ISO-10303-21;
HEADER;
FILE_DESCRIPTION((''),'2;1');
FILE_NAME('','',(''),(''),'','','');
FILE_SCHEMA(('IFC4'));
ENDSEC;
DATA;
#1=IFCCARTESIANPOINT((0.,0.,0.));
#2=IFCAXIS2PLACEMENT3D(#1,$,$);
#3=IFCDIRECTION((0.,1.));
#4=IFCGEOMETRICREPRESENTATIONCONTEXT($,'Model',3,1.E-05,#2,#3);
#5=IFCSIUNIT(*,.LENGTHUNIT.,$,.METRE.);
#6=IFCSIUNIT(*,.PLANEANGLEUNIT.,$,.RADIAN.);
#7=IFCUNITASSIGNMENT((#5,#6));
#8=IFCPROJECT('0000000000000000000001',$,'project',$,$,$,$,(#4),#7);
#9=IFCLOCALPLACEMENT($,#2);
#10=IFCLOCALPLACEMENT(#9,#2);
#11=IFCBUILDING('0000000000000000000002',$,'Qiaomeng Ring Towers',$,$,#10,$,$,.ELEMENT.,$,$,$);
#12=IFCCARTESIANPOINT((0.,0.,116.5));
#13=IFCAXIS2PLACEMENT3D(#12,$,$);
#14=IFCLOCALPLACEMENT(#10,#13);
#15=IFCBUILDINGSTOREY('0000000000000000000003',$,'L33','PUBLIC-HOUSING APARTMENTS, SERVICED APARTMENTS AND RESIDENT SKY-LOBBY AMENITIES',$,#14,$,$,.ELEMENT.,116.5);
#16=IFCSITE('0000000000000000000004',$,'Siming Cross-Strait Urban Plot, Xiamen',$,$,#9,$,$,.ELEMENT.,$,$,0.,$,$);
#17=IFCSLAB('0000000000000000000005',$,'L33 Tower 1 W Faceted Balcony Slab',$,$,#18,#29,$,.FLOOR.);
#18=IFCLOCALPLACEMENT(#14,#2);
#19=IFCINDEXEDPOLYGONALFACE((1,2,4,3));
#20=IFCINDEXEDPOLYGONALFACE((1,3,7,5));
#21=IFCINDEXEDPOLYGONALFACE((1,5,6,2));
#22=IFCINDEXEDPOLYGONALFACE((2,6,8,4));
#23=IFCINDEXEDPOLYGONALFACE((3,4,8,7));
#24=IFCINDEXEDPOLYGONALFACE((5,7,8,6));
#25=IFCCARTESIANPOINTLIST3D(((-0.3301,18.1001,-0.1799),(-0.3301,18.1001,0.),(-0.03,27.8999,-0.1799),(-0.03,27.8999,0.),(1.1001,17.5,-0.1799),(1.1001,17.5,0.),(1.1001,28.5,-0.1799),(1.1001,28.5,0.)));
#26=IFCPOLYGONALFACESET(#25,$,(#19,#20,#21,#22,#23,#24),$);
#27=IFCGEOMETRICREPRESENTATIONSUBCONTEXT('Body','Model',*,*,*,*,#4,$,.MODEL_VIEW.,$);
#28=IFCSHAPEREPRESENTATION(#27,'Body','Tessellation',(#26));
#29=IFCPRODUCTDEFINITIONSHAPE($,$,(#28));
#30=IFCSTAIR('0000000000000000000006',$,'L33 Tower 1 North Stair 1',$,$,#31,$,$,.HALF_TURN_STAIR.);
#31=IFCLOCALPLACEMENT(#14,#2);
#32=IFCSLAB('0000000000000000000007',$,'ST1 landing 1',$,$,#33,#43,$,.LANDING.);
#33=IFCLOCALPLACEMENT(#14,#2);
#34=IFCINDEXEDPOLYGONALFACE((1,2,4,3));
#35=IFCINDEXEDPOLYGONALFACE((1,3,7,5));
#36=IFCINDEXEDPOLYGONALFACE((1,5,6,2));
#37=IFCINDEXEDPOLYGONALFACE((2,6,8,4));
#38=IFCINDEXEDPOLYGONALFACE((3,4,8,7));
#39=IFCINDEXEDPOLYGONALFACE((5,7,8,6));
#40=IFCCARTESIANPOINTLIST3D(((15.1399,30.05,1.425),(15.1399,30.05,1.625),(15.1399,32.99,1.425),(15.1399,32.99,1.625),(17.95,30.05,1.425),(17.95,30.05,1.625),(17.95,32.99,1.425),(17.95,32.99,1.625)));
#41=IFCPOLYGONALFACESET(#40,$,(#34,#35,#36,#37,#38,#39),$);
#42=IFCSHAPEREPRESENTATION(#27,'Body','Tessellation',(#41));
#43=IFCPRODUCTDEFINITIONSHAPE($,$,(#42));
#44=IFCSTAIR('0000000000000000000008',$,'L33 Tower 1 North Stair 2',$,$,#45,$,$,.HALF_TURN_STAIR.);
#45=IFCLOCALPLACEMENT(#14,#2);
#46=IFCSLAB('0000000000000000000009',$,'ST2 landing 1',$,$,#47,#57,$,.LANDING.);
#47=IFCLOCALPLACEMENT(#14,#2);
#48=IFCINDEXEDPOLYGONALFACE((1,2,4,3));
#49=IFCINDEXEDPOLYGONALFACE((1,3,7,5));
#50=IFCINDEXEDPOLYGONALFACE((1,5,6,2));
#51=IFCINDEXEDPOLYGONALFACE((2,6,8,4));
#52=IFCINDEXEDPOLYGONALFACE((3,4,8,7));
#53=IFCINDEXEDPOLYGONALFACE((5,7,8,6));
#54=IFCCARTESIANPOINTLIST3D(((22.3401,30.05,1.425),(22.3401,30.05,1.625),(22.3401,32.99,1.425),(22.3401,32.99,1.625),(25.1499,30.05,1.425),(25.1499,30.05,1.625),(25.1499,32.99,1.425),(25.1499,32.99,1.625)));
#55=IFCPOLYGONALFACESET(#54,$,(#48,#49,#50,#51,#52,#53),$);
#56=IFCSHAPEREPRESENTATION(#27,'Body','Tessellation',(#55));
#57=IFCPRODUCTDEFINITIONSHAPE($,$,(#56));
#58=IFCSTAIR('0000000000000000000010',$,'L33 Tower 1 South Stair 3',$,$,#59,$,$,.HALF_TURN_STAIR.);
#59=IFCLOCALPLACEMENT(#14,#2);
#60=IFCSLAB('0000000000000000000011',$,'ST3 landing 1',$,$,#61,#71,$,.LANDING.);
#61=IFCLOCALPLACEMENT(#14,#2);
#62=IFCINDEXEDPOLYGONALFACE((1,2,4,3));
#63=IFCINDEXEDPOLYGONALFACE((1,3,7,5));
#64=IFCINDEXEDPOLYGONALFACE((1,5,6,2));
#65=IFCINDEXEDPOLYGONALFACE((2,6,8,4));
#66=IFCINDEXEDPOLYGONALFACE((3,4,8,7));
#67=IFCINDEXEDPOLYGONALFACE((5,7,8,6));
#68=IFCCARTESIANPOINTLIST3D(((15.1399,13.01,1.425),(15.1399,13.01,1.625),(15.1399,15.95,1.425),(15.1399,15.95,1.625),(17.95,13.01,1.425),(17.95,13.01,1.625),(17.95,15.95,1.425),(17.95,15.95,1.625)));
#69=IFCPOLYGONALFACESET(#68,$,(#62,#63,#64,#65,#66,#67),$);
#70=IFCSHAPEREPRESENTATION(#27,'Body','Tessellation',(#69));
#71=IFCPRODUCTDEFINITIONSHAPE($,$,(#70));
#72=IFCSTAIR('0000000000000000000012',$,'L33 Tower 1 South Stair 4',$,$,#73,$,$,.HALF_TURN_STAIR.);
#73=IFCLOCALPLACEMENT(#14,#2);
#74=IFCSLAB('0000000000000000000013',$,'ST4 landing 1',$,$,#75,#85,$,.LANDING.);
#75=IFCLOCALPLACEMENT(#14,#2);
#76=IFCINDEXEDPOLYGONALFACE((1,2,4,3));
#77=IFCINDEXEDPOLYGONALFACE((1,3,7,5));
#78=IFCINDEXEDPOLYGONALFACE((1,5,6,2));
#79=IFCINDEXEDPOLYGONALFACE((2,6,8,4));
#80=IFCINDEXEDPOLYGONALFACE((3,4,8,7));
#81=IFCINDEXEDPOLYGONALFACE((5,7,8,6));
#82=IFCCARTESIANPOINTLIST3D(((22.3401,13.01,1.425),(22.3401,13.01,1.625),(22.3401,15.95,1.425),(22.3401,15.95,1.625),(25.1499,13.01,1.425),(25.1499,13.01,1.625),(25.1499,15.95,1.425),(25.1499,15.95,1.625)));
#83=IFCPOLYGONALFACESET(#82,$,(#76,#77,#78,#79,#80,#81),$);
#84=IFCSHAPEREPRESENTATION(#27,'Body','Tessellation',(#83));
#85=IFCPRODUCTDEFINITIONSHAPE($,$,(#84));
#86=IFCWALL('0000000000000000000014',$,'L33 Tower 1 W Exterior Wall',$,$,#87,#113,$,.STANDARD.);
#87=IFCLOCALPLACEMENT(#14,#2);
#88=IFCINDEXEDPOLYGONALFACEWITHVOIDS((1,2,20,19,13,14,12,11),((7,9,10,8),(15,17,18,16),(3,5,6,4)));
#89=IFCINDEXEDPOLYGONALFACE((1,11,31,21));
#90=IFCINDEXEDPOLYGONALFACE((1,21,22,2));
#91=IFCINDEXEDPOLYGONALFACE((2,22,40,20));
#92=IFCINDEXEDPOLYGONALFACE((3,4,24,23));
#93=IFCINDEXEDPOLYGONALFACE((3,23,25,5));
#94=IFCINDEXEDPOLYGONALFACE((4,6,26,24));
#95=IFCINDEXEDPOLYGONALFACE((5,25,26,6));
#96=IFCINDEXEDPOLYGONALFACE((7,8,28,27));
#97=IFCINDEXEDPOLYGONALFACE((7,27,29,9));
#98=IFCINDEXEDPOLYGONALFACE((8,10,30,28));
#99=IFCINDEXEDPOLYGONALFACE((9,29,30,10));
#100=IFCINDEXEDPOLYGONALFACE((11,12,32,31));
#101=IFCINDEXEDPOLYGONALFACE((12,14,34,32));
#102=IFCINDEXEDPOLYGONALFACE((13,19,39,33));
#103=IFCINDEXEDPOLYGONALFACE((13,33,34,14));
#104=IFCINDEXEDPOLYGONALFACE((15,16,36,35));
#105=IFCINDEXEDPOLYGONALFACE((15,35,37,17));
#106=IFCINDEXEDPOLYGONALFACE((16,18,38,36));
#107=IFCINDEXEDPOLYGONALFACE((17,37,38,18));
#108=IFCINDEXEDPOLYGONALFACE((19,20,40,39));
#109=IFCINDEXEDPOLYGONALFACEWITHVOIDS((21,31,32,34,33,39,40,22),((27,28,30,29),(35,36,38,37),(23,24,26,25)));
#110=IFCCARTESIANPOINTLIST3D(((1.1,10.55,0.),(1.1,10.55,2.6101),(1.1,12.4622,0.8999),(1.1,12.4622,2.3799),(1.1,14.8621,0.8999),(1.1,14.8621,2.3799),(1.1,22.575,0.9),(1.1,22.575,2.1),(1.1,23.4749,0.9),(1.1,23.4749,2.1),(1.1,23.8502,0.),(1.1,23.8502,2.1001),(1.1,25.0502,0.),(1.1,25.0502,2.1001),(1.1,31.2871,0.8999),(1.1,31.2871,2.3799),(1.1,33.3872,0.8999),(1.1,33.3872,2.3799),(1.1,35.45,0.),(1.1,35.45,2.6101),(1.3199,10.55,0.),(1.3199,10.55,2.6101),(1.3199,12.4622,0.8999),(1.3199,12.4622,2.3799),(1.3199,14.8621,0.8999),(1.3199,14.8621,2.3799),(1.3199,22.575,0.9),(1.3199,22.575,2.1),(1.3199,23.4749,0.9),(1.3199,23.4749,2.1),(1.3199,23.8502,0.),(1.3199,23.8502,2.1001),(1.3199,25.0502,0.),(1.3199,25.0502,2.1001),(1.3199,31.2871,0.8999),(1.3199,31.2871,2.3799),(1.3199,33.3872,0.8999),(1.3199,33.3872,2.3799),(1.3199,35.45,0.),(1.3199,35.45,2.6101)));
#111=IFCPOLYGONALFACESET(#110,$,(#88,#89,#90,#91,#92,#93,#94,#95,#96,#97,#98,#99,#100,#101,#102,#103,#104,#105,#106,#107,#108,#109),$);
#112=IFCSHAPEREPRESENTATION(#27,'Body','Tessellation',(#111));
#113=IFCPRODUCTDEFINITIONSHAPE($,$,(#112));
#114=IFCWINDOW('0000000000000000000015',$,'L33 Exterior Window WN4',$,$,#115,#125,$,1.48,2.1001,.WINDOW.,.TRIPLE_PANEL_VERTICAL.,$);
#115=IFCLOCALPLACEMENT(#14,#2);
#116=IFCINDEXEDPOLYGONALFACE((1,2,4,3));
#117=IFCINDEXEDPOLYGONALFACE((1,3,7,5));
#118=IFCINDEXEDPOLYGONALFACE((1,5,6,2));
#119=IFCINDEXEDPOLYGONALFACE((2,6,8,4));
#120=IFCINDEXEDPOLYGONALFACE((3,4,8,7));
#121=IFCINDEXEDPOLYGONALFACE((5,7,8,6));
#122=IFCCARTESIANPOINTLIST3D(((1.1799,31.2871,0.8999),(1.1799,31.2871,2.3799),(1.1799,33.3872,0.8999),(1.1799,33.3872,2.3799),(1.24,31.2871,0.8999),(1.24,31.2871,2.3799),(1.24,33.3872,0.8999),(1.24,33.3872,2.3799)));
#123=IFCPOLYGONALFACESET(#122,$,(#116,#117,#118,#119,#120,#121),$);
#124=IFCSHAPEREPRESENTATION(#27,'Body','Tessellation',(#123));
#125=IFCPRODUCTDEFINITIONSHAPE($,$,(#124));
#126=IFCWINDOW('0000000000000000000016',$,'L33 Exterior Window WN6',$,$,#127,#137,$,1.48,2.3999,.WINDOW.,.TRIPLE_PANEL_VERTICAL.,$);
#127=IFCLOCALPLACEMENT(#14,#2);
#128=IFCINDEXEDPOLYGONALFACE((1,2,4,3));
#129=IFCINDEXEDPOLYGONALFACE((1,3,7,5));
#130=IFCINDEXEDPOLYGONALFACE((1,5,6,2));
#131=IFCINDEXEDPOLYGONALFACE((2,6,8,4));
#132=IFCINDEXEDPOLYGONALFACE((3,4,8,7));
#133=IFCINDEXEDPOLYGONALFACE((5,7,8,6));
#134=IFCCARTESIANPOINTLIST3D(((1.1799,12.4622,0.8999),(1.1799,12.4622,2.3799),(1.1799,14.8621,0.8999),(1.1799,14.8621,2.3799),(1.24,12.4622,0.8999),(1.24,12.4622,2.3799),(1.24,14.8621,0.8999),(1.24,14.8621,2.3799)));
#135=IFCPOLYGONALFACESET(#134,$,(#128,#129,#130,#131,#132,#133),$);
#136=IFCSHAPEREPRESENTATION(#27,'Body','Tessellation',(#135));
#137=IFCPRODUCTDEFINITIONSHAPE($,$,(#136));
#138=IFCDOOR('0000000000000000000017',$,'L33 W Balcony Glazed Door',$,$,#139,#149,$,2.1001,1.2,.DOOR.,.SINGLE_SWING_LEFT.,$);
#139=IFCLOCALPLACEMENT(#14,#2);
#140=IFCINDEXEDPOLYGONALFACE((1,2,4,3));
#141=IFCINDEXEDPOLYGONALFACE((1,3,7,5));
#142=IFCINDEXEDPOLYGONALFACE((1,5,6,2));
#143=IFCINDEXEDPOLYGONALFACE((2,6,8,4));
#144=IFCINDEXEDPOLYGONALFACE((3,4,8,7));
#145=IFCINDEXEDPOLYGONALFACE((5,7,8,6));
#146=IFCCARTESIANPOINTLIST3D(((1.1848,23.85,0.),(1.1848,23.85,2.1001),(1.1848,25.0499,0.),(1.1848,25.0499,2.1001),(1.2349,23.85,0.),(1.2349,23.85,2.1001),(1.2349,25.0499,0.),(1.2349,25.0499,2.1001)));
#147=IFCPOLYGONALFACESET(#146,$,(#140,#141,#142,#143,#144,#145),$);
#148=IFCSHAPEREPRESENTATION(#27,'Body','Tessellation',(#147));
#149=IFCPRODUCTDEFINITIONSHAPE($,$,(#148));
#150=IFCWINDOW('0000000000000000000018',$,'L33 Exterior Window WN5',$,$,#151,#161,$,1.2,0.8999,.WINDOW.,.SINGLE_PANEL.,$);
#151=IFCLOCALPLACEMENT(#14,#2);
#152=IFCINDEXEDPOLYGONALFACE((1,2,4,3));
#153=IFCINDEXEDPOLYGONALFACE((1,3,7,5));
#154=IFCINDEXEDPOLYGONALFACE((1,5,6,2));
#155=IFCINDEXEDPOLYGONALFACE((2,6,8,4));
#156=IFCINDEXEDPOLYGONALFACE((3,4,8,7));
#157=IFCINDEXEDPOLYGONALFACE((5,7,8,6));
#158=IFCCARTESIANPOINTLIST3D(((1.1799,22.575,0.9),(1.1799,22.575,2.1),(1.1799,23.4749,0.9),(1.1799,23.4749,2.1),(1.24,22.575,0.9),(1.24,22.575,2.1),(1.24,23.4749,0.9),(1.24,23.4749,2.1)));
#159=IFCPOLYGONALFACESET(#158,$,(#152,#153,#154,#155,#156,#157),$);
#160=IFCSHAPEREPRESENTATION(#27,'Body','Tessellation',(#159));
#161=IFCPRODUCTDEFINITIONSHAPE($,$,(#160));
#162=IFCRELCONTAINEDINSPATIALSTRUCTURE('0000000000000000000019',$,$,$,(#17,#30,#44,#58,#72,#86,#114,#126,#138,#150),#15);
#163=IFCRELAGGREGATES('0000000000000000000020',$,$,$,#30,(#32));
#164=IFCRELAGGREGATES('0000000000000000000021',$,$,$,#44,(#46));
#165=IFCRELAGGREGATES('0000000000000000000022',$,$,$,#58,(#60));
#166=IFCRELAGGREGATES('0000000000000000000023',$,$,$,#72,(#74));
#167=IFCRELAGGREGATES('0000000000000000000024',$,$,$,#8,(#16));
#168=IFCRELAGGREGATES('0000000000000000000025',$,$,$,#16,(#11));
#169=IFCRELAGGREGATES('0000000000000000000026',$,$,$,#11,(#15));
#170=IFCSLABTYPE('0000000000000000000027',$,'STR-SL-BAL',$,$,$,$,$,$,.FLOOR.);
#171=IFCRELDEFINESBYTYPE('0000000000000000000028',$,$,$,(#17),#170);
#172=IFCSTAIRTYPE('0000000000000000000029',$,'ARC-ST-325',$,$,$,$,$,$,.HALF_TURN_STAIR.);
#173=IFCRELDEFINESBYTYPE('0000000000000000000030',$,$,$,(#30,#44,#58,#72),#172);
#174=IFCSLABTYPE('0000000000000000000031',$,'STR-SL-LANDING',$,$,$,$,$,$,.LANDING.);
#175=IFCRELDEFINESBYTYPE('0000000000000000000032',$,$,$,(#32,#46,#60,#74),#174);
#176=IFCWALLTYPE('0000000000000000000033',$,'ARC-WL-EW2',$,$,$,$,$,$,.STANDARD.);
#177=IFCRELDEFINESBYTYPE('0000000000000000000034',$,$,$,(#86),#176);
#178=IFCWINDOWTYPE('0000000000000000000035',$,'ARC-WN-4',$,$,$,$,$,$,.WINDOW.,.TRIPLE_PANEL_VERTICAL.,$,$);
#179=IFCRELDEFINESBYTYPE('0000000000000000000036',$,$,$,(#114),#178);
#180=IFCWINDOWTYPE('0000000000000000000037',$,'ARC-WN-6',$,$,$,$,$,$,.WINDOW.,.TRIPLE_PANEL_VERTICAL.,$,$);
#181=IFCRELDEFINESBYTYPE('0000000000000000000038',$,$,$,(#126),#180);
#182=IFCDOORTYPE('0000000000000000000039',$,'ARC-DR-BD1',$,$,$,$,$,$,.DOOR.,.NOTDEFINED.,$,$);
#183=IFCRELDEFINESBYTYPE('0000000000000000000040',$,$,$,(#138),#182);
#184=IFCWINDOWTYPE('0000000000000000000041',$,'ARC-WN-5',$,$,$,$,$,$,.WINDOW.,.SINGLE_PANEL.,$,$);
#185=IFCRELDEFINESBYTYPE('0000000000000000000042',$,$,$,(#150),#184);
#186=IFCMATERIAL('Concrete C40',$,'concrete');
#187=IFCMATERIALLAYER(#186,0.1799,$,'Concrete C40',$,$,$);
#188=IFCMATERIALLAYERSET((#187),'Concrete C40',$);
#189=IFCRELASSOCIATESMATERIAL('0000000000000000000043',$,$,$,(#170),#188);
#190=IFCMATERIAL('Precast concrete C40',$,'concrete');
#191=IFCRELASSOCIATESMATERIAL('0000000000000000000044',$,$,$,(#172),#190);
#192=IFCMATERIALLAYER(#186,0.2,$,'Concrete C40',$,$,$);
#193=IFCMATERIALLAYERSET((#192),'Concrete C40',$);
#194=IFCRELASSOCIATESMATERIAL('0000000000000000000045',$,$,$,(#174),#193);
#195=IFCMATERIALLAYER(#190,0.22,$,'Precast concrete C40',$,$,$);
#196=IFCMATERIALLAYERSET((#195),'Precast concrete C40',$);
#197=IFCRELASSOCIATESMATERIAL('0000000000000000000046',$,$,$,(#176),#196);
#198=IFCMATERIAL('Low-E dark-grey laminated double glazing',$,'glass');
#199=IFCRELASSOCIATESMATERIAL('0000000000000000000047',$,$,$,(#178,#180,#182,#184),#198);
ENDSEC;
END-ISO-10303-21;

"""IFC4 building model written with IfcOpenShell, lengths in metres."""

from ifc_helpers import new_model, si_unit, direction, frame, frame_2d, origin, place, context, subcontext, project, spatial, polyline, rectangle, outline, extrude, source, transform, mapped, material, layer, layer_set, type_object, element, fill, aggregate, save


model = new_model("IFC4")

# Units and contexts
model_context = context("Model", 3, precision=1e-05, world=origin(), true_north=direction((0.0, 1.0)))
body_context = subcontext(model_context, "Body", "Model", "MODEL_VIEW")
ifc_project = project(units=[si_unit("LENGTHUNIT", "METRE"), si_unit("PLANEANGLEUNIT", "RADIAN")], contexts=[model_context])

# Site, building, storey
site_placement = place(None, origin())
site = spatial("IfcSite", under=ifc_project, at=site_placement, Name="Siming Cross-Strait Urban Plot, Xiamen", CompositionType="ELEMENT", RefElevation=0.0)
building_placement = place(site_placement, origin())
building = spatial("IfcBuilding", under=site, at=building_placement, Name="Qiaomeng Ring Towers", CompositionType="ELEMENT")
storey_placement = place(building_placement, frame((0.0, 0.0, 116.5)))
storey = spatial("IfcBuildingStorey", under=building, at=storey_placement, Name="L33", Description="PUBLIC-HOUSING APARTMENTS, SERVICED APARTMENTS AND RESIDENT SKY-LOBBY AMENITIES", CompositionType="ELEMENT", Elevation=116.5)

# Slab
ifc_material_1 = material(Name="Concrete C40", Category="concrete")
ifc_layer_1 = layer(ifc_material_1, 0.1799, Name="Concrete C40")
ifc_layer_set_1 = layer_set([ifc_layer_1], Name="Concrete C40")
slab_type_1 = type_object("IfcSlabType", Name="STR-SL-BAL", PredefinedType="FLOOR", material=ifc_layer_set_1)
slab_1_placement = place(storey_placement, frame((0.0, 0.0, -0.1799)))
element("IfcSlab", 1, at=slab_1_placement, inside=storey, type_object=slab_type_1, Name="L33 Tower 1 W Faceted Balcony Slab", PredefinedType="FLOOR", context=body_context, shape_type="SweptSolid", body=[
    extrude(outline(polyline([(-0.3301, 18.1001), (-0.03, 27.8999), (1.1001, 28.5), (1.1001, 17.5), (-0.3301, 18.1001)])), origin(), (0.0, 0.0, 1.0), 0.1799),
])

# Stairs, slabs
ifc_material_2 = material(Name="Precast concrete C40", Category="concrete")
stair_type = type_object("IfcStairType", Name="ARC-ST-325", PredefinedType="HALF_TURN_STAIR", material=ifc_material_2)
stair_1_placement = place(storey_placement, origin())
stair_1 = element("IfcStair", 2, at=stair_1_placement, inside=storey, type_object=stair_type, Name="L33 Tower 1 North Stair 1", PredefinedType="HALF_TURN_STAIR")
ifc_layer_2 = layer(ifc_material_1, 0.2, Name="Concrete C40")
ifc_layer_set_2 = layer_set([ifc_layer_2], Name="Concrete C40")
slab_type_2 = type_object("IfcSlabType", Name="STR-SL-LANDING", PredefinedType="LANDING", material=ifc_layer_set_2)
slab_2_placement = place(storey_placement, frame((0.0, 0.0, 1.425)))
slab_2 = element("IfcSlab", 3, at=slab_2_placement, type_object=slab_type_2, Name="ST1 landing 1", PredefinedType="LANDING", context=body_context, shape_type="SweptSolid", body=[
    extrude(outline(polyline([(15.1399, 30.05), (17.95, 30.05), (17.95, 32.99), (15.1399, 32.99), (15.1399, 30.05)])), origin(), (0.0, 0.0, 1.0), 0.2),
])
aggregate(stair_1, [slab_2])
stair_2_placement = place(storey_placement, origin())
stair_2 = element("IfcStair", 4, at=stair_2_placement, inside=storey, type_object=stair_type, Name="L33 Tower 1 North Stair 2", PredefinedType="HALF_TURN_STAIR")
slab_3_placement = place(storey_placement, frame((0.0, 0.0, 1.425)))
slab_3 = element("IfcSlab", 5, at=slab_3_placement, type_object=slab_type_2, Name="ST2 landing 1", PredefinedType="LANDING", context=body_context, shape_type="SweptSolid", body=[
    extrude(outline(polyline([(22.3401, 30.05), (25.1499, 30.05), (25.1499, 32.99), (22.3401, 32.99), (22.3401, 30.05)])), origin(), (0.0, 0.0, 1.0), 0.2),
])
aggregate(stair_2, [slab_3])
stair_3_placement = place(storey_placement, origin())
stair_3 = element("IfcStair", 6, at=stair_3_placement, inside=storey, type_object=stair_type, Name="L33 Tower 1 South Stair 3", PredefinedType="HALF_TURN_STAIR")
slab_4_placement = place(storey_placement, frame((0.0, 0.0, 1.425)))
slab_4 = element("IfcSlab", 7, at=slab_4_placement, type_object=slab_type_2, Name="ST3 landing 1", PredefinedType="LANDING", context=body_context, shape_type="SweptSolid", body=[
    extrude(outline(polyline([(15.1399, 13.01), (17.95, 13.01), (17.95, 15.95), (15.1399, 15.95), (15.1399, 13.01)])), origin(), (0.0, 0.0, 1.0), 0.2),
])
aggregate(stair_3, [slab_4])
stair_4_placement = place(storey_placement, origin())
stair_4 = element("IfcStair", 8, at=stair_4_placement, inside=storey, type_object=stair_type, Name="L33 Tower 1 South Stair 4", PredefinedType="HALF_TURN_STAIR")
slab_5_placement = place(storey_placement, frame((0.0, 0.0, 1.425)))
slab_5 = element("IfcSlab", 9, at=slab_5_placement, type_object=slab_type_2, Name="ST4 landing 1", PredefinedType="LANDING", context=body_context, shape_type="SweptSolid", body=[
    extrude(outline(polyline([(22.3401, 13.01), (25.1499, 13.01), (25.1499, 15.95), (22.3401, 15.95), (22.3401, 13.01)])), origin(), (0.0, 0.0, 1.0), 0.2),
])
aggregate(stair_4, [slab_5])

# Wall, openings, windows, door
ifc_layer_3 = layer(ifc_material_2, 0.22, Name="Precast concrete C40")
ifc_layer_set_3 = layer_set([ifc_layer_3], Name="Precast concrete C40")
wall_type_1 = type_object("IfcWallType", Name="ARC-WL-EW2", PredefinedType="STANDARD", material=ifc_layer_set_3)
wall_1_placement = place(storey_placement, frame((1.21, 10.55, 0.0), z_axis=(0.0, 0.0, 1.0), x_axis=(0.0, 1.0, 0.0)))
wall_1 = element("IfcWall", 10, at=wall_1_placement, inside=storey, type_object=wall_type_1, Name="L33 Tower 1 W Exterior Wall", PredefinedType="STANDARD", context=body_context, shape_type="SweptSolid", body=[
    extrude(rectangle(XDim=24.8999, YDim=0.22, at=frame_2d((12.45, 0.0))), origin(), (0.0, 0.0, 1.0), 2.6101),
])
opening_1_placement = place(wall_1_placement, frame((13.3, 0.0, 0.0)))
opening_1 = element("IfcOpeningElement", 11, at=opening_1_placement, cuts=wall_1, PredefinedType="OPENING", context=body_context, shape_type="SweptSolid", body=[
    extrude(rectangle(XDim=1.2, YDim=2.1001, at=frame_2d((0.6001, 1.05))), frame((0.0, 0.1199, 0.0), z_axis=(0.0, -1.0, 0.0), x_axis=(1.0, 0.0, 0.0)), (0.0, 0.0, 1.0), 0.24),
])
opening_2_placement = place(wall_1_placement, frame((1.9121, 0.0, 0.8999)))
opening_2 = element("IfcOpeningElement", 12, at=opening_2_placement, cuts=wall_1, PredefinedType="OPENING", context=body_context, shape_type="SweptSolid", body=[
    extrude(rectangle(XDim=2.3999, YDim=1.48, at=frame_2d((1.2, 0.74))), frame((0.0, 0.1199, 0.0), z_axis=(0.0, -1.0, 0.0), x_axis=(1.0, 0.0, 0.0)), (0.0, 0.0, 1.0), 0.24),
])
opening_3_placement = place(wall_1_placement, frame((20.7371, 0.0, 0.8999)))
opening_3 = element("IfcOpeningElement", 13, at=opening_3_placement, cuts=wall_1, PredefinedType="OPENING", context=body_context, shape_type="SweptSolid", body=[
    extrude(rectangle(XDim=2.1001, YDim=1.48, at=frame_2d((1.05, 0.74))), frame((0.0, 0.1199, 0.0), z_axis=(0.0, -1.0, 0.0), x_axis=(1.0, 0.0, 0.0)), (0.0, 0.0, 1.0), 0.24),
])
opening_4_placement = place(wall_1_placement, frame((12.0249, 0.0, 0.8999)))
opening_4 = element("IfcOpeningElement", 14, at=opening_4_placement, cuts=wall_1, PredefinedType="OPENING", context=body_context, shape_type="SweptSolid", body=[
    extrude(rectangle(XDim=0.8999, YDim=1.2, at=frame_2d((0.45, 0.6001))), frame((0.0, 0.1199, 0.0), z_axis=(0.0, -1.0, 0.0), x_axis=(1.0, 0.0, 0.0)), (0.0, 0.0, 1.0), 0.24),
])
ifc_material_3 = material(Name="Low-E dark-grey laminated double glazing", Category="glass")
window_type_1 = type_object("IfcWindowType", Name="ARC-WN-4", PartitioningType="TRIPLE_PANEL_VERTICAL", PredefinedType="WINDOW", material=ifc_material_3)
shared_shape_1 = source(origin(), body_context, "Body", "SweptSolid", [
    extrude(rectangle(XDim=2.1001, YDim=1.48, at=frame_2d((1.05, 0.74))), frame((0.0, 0.03, 0.0), z_axis=(0.0, -1.0, 0.0), x_axis=(1.0, 0.0, 0.0)), (0.0, 0.0, 1.0), 0.0601),
])
window_1_placement = place(opening_3_placement, origin())
window_1 = element("IfcWindow", 15, at=window_1_placement, inside=storey, type_object=window_type_1, Name="L33 Exterior Window WN4", OverallHeight=1.48, OverallWidth=2.1001, PartitioningType="TRIPLE_PANEL_VERTICAL", PredefinedType="WINDOW", context=body_context, shape_type="MappedRepresentation", body=[
    mapped(shared_shape_1, transform((0.0, 0.0, 0.0), x_axis=(1.0, 0.0, 0.0), y_axis=(0.0, 1.0, 0.0), z_axis=(0.0, 0.0, 1.0), scale=1.0)),
])
fill(opening_3, window_1)
window_type_2 = type_object("IfcWindowType", Name="ARC-WN-6", PartitioningType="TRIPLE_PANEL_VERTICAL", PredefinedType="WINDOW", material=ifc_material_3)
shared_shape_2 = source(origin(), body_context, "Body", "SweptSolid", [
    extrude(rectangle(XDim=2.3999, YDim=1.48, at=frame_2d((1.2, 0.74))), frame((0.0, 0.03, 0.0), z_axis=(0.0, -1.0, 0.0), x_axis=(1.0, 0.0, 0.0)), (0.0, 0.0, 1.0), 0.0601),
])
window_2_placement = place(opening_2_placement, origin())
window_2 = element("IfcWindow", 16, at=window_2_placement, inside=storey, type_object=window_type_2, Name="L33 Exterior Window WN6", OverallHeight=1.48, OverallWidth=2.3999, PartitioningType="TRIPLE_PANEL_VERTICAL", PredefinedType="WINDOW", context=body_context, shape_type="MappedRepresentation", body=[
    mapped(shared_shape_2, transform((0.0, 0.0, 0.0), x_axis=(1.0, 0.0, 0.0), y_axis=(0.0, 1.0, 0.0), z_axis=(0.0, 0.0, 1.0), scale=1.0)),
])
fill(opening_2, window_2)
door_type = type_object("IfcDoorType", Name="ARC-DR-BD1", OperationType="NOTDEFINED", PredefinedType="DOOR", material=ifc_material_3)
shared_shape_3 = source(origin(), body_context, "Body", "SweptSolid", [
    extrude(rectangle(XDim=1.2, YDim=2.1001, at=frame_2d((0.6001, 1.05))), frame((0.0, 0.0249, 0.0), z_axis=(0.0, -1.0, 0.0), x_axis=(1.0, 0.0, 0.0)), (0.0, 0.0, 1.0), 0.05),
])
door_placement = place(opening_1_placement, frame((1.2, 0.0, 0.0), z_axis=(0.0, 0.0, 1.0), x_axis=(-1.0, 0.0, 0.0)))
door = element("IfcDoor", 17, at=door_placement, inside=storey, type_object=door_type, Name="L33 W Balcony Glazed Door", OperationType="SINGLE_SWING_LEFT", OverallHeight=2.1001, OverallWidth=1.2, PredefinedType="DOOR", context=body_context, shape_type="MappedRepresentation", body=[
    mapped(shared_shape_3, transform((0.0, 0.0, 0.0), x_axis=(1.0, 0.0, 0.0), y_axis=(0.0, 1.0, 0.0), z_axis=(0.0, 0.0, 1.0), scale=1.0)),
])
fill(opening_1, door)
window_type_3 = type_object("IfcWindowType", Name="ARC-WN-5", PartitioningType="SINGLE_PANEL", PredefinedType="WINDOW", material=ifc_material_3)
shared_shape_4 = source(origin(), body_context, "Body", "SweptSolid", [
    extrude(rectangle(XDim=0.8999, YDim=1.2, at=frame_2d((0.45, 0.6001))), frame((0.0, 0.03, 0.0), z_axis=(0.0, -1.0, 0.0), x_axis=(1.0, 0.0, 0.0)), (0.0, 0.0, 1.0), 0.0601),
])
window_3_placement = place(opening_4_placement, origin())
window_3 = element("IfcWindow", 18, at=window_3_placement, inside=storey, type_object=window_type_3, Name="L33 Exterior Window WN5", OverallHeight=1.2, OverallWidth=0.8999, PartitioningType="SINGLE_PANEL", PredefinedType="WINDOW", context=body_context, shape_type="MappedRepresentation", body=[
    mapped(shared_shape_4, transform((0.0, 0.0, 0.0), x_axis=(1.0, 0.0, 0.0), y_axis=(0.0, 1.0, 0.0), z_axis=(0.0, 0.0, 1.0), scale=1.0)),
])
fill(opening_4, window_3)

save(model, "model.ifc")
